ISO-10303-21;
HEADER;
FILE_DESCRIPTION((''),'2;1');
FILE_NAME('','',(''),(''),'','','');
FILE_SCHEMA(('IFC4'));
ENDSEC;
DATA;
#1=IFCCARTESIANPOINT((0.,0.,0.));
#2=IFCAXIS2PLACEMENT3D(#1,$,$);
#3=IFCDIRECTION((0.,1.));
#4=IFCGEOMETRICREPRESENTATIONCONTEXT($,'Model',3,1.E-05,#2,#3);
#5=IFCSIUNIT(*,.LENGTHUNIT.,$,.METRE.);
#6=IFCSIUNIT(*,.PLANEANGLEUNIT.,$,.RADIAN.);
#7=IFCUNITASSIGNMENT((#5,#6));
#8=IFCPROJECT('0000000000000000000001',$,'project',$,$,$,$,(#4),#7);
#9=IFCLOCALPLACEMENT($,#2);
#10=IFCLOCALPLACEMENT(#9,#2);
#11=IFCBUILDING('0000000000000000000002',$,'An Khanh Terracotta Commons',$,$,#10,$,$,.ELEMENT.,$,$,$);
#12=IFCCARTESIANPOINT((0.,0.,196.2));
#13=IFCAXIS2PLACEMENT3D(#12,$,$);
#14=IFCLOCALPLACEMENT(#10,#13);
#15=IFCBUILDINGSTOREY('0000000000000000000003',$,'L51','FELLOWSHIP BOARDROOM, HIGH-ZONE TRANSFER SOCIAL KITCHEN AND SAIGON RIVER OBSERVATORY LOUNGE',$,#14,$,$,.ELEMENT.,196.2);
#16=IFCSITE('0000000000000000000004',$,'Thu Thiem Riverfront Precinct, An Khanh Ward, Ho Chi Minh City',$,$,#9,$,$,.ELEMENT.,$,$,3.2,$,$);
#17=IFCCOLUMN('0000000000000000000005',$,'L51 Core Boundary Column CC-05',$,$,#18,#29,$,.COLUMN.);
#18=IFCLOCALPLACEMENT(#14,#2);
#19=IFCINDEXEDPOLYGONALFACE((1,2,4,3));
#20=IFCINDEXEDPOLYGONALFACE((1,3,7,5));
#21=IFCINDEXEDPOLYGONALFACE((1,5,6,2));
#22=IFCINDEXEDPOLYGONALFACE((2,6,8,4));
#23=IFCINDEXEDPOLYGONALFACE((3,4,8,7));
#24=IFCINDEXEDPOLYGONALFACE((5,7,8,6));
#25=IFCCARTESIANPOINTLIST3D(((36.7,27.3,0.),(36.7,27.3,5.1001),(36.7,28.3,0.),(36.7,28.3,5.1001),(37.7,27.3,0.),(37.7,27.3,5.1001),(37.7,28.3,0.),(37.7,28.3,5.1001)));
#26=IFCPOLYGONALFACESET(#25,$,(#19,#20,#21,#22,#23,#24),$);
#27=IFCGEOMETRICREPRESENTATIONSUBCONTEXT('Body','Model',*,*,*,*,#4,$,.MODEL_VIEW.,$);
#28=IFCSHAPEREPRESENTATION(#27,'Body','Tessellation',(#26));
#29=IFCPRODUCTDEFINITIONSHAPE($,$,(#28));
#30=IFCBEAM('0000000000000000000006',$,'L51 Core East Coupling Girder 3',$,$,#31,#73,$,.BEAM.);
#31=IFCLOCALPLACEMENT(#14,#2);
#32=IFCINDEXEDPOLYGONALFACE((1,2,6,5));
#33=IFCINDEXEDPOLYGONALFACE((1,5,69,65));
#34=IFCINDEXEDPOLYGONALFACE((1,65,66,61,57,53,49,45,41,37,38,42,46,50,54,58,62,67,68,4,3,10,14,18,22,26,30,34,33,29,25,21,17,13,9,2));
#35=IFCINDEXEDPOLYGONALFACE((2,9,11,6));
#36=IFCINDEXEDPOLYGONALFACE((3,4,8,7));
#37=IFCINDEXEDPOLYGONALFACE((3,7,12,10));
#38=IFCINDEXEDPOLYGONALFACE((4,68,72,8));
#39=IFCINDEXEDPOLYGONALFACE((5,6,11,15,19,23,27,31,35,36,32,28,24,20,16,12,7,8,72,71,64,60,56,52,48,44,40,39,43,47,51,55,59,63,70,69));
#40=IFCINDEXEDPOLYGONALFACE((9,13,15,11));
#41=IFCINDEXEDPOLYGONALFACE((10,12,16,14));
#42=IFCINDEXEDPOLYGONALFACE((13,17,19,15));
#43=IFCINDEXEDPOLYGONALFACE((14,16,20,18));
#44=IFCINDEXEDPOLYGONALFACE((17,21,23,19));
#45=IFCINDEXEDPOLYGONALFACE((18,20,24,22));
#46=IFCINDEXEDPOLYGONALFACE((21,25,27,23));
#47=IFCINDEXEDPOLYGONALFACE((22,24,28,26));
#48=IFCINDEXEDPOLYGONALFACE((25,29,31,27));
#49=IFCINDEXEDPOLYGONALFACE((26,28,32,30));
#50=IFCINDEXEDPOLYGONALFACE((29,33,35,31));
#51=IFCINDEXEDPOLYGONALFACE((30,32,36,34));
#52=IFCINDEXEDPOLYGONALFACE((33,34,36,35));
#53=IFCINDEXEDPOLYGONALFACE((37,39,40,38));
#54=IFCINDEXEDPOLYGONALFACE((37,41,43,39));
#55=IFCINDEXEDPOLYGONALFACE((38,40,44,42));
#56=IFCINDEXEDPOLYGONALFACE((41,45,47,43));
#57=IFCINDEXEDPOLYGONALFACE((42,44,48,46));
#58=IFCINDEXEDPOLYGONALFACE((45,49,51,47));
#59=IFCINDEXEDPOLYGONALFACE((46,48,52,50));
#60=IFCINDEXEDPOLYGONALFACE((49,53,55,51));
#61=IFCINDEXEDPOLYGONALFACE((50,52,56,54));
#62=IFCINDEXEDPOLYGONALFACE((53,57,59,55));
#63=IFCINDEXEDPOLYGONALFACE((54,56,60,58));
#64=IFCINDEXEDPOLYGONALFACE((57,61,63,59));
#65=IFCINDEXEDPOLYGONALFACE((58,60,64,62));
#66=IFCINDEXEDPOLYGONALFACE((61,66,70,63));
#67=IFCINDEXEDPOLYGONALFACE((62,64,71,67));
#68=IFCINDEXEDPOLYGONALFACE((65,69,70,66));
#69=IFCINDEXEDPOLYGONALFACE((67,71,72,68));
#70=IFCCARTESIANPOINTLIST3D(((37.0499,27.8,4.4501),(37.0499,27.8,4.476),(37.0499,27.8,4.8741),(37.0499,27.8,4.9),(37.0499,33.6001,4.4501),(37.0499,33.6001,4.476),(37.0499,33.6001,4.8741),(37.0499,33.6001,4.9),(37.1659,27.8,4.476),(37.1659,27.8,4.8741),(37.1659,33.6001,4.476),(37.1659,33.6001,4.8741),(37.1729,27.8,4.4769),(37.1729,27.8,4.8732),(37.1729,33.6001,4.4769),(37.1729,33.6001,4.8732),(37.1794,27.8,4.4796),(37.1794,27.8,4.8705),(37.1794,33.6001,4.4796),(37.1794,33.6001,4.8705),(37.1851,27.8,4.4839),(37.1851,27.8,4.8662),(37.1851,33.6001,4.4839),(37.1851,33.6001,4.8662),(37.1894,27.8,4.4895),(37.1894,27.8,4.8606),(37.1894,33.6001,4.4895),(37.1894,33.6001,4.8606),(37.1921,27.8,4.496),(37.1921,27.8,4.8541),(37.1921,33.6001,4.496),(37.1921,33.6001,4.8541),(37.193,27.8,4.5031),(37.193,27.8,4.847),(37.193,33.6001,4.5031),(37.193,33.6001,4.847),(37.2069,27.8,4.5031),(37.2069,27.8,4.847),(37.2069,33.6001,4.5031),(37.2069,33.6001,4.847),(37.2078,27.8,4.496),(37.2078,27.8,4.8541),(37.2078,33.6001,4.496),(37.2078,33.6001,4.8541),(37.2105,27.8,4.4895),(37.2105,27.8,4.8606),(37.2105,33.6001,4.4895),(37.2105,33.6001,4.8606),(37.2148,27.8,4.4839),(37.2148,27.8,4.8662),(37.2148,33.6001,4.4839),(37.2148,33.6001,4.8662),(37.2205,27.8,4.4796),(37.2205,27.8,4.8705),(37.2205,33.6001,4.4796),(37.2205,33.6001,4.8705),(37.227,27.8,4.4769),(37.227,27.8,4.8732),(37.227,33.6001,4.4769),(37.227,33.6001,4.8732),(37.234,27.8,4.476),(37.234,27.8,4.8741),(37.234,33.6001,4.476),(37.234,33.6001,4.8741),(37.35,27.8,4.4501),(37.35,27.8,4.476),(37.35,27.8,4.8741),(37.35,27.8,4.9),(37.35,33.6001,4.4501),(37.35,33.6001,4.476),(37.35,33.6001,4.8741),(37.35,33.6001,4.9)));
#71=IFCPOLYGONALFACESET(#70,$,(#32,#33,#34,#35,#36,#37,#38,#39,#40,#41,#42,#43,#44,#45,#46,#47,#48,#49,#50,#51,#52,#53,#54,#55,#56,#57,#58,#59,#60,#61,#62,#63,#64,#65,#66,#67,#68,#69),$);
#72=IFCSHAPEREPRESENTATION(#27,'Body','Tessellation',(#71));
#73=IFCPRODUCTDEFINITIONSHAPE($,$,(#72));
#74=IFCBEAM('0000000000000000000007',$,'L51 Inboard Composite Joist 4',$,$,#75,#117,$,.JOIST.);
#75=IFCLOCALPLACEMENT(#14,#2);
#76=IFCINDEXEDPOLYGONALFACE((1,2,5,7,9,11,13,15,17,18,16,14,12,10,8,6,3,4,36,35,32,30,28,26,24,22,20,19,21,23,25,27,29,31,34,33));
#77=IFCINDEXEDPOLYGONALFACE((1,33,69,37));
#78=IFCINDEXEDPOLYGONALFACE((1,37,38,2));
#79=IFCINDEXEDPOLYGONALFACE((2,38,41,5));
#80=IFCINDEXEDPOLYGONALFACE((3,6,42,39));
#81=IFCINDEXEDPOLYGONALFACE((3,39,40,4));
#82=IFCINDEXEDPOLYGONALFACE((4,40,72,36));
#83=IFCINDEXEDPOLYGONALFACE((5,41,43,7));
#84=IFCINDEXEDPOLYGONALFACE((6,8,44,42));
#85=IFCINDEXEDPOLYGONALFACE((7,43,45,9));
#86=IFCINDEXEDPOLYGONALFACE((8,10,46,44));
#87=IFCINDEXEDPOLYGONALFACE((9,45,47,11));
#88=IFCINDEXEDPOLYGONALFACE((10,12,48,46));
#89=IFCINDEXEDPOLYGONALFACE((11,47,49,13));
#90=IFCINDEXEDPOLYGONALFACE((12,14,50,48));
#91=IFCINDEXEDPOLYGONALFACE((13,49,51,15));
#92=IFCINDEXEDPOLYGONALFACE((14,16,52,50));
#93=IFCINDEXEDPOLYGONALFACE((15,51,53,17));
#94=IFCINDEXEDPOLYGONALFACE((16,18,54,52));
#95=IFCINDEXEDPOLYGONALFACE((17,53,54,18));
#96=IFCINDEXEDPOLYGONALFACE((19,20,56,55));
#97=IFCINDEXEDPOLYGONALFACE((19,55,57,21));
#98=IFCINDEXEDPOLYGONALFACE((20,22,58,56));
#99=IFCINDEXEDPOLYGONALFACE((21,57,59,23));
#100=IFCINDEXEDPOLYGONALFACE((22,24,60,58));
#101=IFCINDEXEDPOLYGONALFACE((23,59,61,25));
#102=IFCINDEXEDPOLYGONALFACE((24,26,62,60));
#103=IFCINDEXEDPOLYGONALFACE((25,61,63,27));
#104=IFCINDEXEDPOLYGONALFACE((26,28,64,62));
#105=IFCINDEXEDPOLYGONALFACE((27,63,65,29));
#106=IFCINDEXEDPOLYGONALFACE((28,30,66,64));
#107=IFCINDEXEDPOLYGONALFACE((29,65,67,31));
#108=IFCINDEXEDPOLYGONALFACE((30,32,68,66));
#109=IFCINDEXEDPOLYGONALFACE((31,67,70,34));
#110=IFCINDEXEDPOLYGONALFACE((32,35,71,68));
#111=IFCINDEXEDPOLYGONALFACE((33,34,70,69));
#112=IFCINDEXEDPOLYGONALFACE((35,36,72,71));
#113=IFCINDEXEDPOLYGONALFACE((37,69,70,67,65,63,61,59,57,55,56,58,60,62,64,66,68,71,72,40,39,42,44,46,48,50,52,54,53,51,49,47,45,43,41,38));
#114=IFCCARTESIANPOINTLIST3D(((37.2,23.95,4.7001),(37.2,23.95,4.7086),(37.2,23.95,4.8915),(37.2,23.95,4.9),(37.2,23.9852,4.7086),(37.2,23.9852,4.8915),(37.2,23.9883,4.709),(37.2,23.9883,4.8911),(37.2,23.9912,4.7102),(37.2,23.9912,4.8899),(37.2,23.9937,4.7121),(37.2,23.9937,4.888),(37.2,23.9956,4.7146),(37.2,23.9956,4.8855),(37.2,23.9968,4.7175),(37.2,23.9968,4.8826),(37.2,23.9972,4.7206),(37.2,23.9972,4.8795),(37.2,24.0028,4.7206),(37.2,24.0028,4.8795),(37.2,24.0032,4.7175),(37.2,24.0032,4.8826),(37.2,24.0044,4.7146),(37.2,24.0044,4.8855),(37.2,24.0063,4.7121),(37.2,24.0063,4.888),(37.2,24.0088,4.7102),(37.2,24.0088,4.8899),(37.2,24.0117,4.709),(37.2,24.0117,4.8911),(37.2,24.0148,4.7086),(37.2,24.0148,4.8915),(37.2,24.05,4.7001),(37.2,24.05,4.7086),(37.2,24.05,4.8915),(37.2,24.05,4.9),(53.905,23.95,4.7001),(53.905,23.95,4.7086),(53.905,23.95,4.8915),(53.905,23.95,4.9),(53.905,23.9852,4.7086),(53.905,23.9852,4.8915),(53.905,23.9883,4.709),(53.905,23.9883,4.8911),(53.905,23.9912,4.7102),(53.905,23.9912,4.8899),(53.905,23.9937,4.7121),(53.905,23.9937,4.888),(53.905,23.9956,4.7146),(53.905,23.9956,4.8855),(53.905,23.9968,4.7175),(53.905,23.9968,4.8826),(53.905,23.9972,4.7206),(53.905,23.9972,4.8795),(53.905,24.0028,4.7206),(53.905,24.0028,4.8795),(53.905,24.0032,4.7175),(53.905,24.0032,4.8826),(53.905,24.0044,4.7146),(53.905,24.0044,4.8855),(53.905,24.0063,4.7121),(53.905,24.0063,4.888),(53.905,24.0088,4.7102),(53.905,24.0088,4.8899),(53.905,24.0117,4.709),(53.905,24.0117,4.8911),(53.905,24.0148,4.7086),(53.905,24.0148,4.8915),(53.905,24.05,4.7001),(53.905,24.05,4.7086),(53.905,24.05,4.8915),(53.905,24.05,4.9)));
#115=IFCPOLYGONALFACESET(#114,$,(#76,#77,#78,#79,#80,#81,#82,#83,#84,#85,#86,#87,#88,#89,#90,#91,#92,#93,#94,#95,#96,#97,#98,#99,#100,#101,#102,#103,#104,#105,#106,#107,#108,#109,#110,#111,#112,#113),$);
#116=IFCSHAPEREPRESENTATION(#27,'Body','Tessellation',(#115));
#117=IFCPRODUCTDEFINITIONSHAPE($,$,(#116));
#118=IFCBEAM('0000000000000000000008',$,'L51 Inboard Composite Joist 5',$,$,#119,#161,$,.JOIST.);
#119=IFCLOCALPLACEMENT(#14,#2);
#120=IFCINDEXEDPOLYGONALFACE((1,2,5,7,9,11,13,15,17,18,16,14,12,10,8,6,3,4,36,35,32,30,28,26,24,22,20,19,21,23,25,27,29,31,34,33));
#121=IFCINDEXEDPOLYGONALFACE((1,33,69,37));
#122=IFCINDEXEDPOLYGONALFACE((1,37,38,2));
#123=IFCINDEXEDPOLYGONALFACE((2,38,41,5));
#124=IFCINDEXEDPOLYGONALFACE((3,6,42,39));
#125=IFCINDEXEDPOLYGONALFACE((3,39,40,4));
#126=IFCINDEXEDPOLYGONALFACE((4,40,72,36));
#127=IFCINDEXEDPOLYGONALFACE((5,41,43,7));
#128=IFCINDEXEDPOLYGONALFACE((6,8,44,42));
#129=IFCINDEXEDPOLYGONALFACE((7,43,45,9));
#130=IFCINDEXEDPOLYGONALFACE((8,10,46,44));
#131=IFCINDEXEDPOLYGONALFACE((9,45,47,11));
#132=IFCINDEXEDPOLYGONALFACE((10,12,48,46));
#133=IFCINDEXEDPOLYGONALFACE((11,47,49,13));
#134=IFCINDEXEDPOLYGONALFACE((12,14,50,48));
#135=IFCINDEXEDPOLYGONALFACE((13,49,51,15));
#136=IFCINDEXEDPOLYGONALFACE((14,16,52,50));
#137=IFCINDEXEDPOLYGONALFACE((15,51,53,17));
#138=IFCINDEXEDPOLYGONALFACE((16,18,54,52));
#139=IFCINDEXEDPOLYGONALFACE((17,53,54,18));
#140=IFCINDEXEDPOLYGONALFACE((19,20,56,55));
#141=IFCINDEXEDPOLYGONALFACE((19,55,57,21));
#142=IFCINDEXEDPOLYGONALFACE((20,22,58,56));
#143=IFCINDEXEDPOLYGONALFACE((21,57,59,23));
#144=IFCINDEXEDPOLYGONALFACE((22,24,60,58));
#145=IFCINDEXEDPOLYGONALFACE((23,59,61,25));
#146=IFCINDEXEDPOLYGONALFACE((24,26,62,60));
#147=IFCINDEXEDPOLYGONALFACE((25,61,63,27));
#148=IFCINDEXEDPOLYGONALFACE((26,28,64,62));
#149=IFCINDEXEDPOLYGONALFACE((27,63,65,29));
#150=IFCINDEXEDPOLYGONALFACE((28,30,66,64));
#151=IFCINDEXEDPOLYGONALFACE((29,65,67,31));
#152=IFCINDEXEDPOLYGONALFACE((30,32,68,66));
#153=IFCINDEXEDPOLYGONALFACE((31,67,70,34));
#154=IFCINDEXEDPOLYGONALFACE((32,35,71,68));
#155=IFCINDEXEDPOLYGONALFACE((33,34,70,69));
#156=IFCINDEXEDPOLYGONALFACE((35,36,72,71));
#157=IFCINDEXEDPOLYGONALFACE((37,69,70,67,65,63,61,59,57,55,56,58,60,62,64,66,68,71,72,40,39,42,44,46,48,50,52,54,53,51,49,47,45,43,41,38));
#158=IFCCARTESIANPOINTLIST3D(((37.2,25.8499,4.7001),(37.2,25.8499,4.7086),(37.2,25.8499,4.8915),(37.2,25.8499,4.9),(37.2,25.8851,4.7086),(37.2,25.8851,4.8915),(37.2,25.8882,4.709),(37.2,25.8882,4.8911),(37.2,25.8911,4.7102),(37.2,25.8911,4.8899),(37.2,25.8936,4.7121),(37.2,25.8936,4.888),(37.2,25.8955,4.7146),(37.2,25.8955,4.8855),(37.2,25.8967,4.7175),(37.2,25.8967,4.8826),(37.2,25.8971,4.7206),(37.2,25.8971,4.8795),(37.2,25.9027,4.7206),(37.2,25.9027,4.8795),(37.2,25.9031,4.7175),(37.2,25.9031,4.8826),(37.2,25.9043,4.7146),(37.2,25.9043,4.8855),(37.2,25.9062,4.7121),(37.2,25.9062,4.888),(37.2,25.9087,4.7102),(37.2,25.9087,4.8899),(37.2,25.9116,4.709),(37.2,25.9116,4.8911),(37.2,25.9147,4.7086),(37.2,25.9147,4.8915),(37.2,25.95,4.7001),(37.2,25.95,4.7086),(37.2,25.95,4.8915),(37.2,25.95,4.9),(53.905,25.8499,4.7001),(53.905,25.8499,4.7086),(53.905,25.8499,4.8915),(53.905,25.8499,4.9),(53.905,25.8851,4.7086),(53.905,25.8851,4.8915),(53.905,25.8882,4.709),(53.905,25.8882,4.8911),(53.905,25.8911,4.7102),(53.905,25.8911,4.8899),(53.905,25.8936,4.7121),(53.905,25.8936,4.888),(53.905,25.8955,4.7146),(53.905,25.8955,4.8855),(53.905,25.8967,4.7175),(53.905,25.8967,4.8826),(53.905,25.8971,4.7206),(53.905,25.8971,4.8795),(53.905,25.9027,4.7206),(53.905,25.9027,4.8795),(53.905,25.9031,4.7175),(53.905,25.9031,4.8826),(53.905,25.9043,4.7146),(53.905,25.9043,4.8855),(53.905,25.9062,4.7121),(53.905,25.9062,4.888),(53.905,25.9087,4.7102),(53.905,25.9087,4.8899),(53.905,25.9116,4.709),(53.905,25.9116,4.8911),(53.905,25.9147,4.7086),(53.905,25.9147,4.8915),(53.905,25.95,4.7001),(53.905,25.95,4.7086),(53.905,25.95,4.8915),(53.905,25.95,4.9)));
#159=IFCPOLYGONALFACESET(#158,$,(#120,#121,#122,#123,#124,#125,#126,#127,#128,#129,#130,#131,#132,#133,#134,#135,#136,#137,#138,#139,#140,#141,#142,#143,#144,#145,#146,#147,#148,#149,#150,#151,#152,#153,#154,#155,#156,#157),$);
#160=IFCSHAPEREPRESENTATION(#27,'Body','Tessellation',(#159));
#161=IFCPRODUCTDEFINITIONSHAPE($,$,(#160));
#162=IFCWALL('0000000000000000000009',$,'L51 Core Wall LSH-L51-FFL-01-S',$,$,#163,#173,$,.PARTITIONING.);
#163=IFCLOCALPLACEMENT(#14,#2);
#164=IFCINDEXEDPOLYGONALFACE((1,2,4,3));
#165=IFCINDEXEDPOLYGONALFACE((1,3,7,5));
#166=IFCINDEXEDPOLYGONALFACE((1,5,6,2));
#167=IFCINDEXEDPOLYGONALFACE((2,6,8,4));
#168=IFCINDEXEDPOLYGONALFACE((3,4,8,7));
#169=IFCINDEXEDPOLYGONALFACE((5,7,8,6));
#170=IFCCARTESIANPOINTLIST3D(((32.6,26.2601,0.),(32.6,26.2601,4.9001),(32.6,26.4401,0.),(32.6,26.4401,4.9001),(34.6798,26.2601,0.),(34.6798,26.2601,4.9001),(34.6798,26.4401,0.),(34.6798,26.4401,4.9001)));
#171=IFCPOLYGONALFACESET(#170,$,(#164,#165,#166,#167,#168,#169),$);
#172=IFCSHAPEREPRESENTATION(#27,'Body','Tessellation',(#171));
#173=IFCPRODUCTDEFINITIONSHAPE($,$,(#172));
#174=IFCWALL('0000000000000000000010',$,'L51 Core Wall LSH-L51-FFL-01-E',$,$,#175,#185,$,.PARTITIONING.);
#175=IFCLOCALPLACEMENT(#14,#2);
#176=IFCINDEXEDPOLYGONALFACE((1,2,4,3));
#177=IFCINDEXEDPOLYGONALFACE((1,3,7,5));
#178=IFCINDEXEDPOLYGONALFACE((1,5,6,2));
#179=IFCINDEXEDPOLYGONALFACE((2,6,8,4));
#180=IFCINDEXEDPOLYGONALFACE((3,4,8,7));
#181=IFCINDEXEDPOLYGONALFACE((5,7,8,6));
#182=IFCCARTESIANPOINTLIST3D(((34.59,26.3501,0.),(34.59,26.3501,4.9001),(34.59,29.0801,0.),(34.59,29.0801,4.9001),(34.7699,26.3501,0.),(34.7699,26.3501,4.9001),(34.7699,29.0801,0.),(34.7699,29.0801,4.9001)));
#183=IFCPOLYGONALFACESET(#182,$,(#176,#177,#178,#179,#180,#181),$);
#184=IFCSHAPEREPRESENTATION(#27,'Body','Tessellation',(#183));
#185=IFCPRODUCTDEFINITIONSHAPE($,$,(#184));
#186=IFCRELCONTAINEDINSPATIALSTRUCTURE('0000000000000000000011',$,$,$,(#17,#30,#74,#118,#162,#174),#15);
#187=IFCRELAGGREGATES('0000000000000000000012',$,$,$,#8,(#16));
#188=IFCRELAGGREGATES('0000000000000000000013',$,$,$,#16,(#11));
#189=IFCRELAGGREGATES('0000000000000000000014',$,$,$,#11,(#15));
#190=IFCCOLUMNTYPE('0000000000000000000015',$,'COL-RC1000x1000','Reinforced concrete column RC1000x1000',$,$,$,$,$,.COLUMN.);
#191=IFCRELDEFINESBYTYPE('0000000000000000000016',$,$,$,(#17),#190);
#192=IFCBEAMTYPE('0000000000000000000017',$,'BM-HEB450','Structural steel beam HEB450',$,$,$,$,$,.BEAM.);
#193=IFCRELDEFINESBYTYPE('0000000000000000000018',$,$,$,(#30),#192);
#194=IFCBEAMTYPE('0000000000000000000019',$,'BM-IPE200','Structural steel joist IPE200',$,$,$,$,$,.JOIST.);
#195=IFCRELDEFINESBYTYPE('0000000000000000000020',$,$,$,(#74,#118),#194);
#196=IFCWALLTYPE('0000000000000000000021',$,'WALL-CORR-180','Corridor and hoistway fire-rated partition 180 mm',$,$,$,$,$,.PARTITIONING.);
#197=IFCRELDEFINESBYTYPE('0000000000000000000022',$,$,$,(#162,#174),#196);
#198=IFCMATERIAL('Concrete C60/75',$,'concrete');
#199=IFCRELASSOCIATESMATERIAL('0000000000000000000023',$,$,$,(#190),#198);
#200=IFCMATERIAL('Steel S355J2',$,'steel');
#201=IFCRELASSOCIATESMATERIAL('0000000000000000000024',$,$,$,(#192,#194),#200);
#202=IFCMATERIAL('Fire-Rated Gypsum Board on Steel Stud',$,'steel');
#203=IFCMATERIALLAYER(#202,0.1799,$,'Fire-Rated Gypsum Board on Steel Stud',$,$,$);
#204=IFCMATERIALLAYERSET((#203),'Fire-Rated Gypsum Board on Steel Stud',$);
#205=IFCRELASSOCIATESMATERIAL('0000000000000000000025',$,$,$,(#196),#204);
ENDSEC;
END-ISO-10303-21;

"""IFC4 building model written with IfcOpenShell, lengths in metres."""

from ifc_helpers import new_model, si_unit, direction, frame, frame_2d, origin, origin_2d, place, context, subcontext, project, spatial, rectangle, i_section, extrude, material, layer, layer_set, material_profile, profile_set, type_object, element, save


model = new_model("IFC4")

# Units and contexts
model_context = context("Model", 3, precision=1e-05, world=origin(), true_north=direction((0.0, 1.0)))
body_context = subcontext(model_context, "Body", "Model", "MODEL_VIEW")
ifc_project = project(units=[si_unit("LENGTHUNIT", "METRE"), si_unit("PLANEANGLEUNIT", "RADIAN")], contexts=[model_context])

# Site, building, storey
site_placement = place(None, origin())
site = spatial("IfcSite", under=ifc_project, at=site_placement, Name="Thu Thiem Riverfront Precinct, An Khanh Ward, Ho Chi Minh City", CompositionType="ELEMENT", RefElevation=3.2)
building_placement = place(site_placement, origin())
building = spatial("IfcBuilding", under=site, at=building_placement, Name="An Khanh Terracotta Commons", CompositionType="ELEMENT")
storey_placement = place(building_placement, frame((0.0, 0.0, 196.2)))
storey = spatial("IfcBuildingStorey", under=building, at=storey_placement, Name="L51", Description="FELLOWSHIP BOARDROOM, HIGH-ZONE TRANSFER SOCIAL KITCHEN AND SAIGON RIVER OBSERVATORY LOUNGE", CompositionType="ELEMENT", Elevation=196.2)

# Column
ifc_material_1 = material(Name="Concrete C60/75", Category="concrete")
ifc_material_profile_1 = material_profile(ifc_material_1, rectangle(XDim=1.0, YDim=1.0, at=origin_2d()), Name="RC1000x1000")
ifc_profile_set_1 = profile_set([ifc_material_profile_1], Name="Concrete C60/75")
column_type = type_object("IfcColumnType", Name="COL-RC1000x1000", Description="Reinforced concrete column RC1000x1000", PredefinedType="COLUMN", material=ifc_profile_set_1)
column_placement = place(storey_placement, frame((37.2, 27.8, 0.0), z_axis=(0.0, 0.0, 1.0), x_axis=(1.0, 0.0, 0.0)))
element("IfcColumn", 1, at=column_placement, inside=storey, type_object=column_type, Name="L51 Core Boundary Column CC-05", PredefinedType="COLUMN", context=body_context, shape_type="SweptSolid", body=[
    extrude(rectangle(XDim=1.0, YDim=1.0, at=origin_2d()), origin(), (0.0, 0.0, 1.0), 5.1001),
])

# Beams
ifc_material_2 = material(Name="Steel S355J2", Category="steel")
ifc_material_profile_2 = material_profile(ifc_material_2, i_section(OverallWidth=0.3, OverallDepth=0.45, WebThickness=0.0139, FlangeThickness=0.0259, FilletRadius=0.0271, at=origin_2d()), Name="HEB450")
ifc_profile_set_2 = profile_set([ifc_material_profile_2], Name="Steel S355J2")
beam_type_1 = type_object("IfcBeamType", Name="BM-HEB450", Description="Structural steel beam HEB450", PredefinedType="BEAM", material=ifc_profile_set_2)
beam_placement = place(storey_placement, frame((37.2, 27.8, 4.675), z_axis=(0.0, 1.0, 0.0), x_axis=(-1.0, 0.0, 0.0)))
element("IfcBeam", 2, at=beam_placement, inside=storey, type_object=beam_type_1, Name="L51 Core East Coupling Girder 3", PredefinedType="BEAM", context=body_context, shape_type="SweptSolid", body=[
    extrude(i_section(OverallWidth=0.3, OverallDepth=0.45, WebThickness=0.0139, FlangeThickness=0.0259, FilletRadius=0.0271, at=origin_2d()), origin(), (0.0, 0.0, 1.0), 5.8),
])
ifc_material_profile_3 = material_profile(ifc_material_2, i_section(OverallWidth=0.1001, OverallDepth=0.2, WebThickness=0.0056, FlangeThickness=0.0085, FilletRadius=0.012, at=origin_2d()), Name="IPE200")
ifc_profile_set_3 = profile_set([ifc_material_profile_3], Name="Steel S355J2")
beam_type_2 = type_object("IfcBeamType", Name="BM-IPE200", Description="Structural steel joist IPE200", PredefinedType="JOIST", material=ifc_profile_set_3)
for number, where, z_axis, x_axis, name in (
    (3, (37.2, 24.0, 4.8), (1.0, 0.0, 0.0), (0.0, 1.0, 0.0), "L51 Inboard Composite Joist 4"),
    (4, (37.2, 25.8999, 4.8), (1.0, 0.0, 0.0), (0.0, 1.0, 0.0), "L51 Inboard Composite Joist 5"),
):
    element("IfcBeam", number, at=place(storey_placement, frame(where, z_axis=z_axis, x_axis=x_axis)), inside=storey, type_object=beam_type_2, Name=name, PredefinedType="JOIST", context=body_context, shape_type="SweptSolid", body=[
        extrude(i_section(OverallWidth=0.1001, OverallDepth=0.2, WebThickness=0.0056, FlangeThickness=0.0085, FilletRadius=0.012, at=origin_2d()), origin(), (0.0, 0.0, 1.0), 16.7051),
    ])

# Walls
ifc_material_3 = material(Name="Fire-Rated Gypsum Board on Steel Stud", Category="steel")
ifc_layer = layer(ifc_material_3, 0.1799, Name="Fire-Rated Gypsum Board on Steel Stud")
ifc_layer_set = layer_set([ifc_layer], Name="Fire-Rated Gypsum Board on Steel Stud")
wall_type = type_object("IfcWallType", Name="WALL-CORR-180", Description="Corridor and hoistway fire-rated partition 180 mm", PredefinedType="PARTITIONING", material=ifc_layer_set)
wall_1_placement = place(storey_placement, frame((34.6799, 26.3501, 0.0), z_axis=(0.0, 0.0, 1.0), x_axis=(-1.0, 0.0, 0.0)))
element("IfcWall", 5, at=wall_1_placement, inside=storey, type_object=wall_type, Name="L51 Core Wall LSH-L51-FFL-01-S", PredefinedType="PARTITIONING", context=body_context, shape_type="SweptSolid", body=[
    extrude(rectangle(XDim=2.0798, YDim=0.1799, at=frame_2d((1.04, 0.0))), origin(), (0.0, 0.0, 1.0), 4.9001),
])
wall_2_placement = place(storey_placement, frame((34.6799, 26.3501, 0.0), z_axis=(0.0, 0.0, 1.0), x_axis=(0.0, 1.0, 0.0)))
element("IfcWall", 6, at=wall_2_placement, inside=storey, type_object=wall_type, Name="L51 Core Wall LSH-L51-FFL-01-E", PredefinedType="PARTITIONING", context=body_context, shape_type="SweptSolid", body=[
    extrude(rectangle(XDim=2.73, YDim=0.1799, at=frame_2d((1.365, 0.0))), origin(), (0.0, 0.0, 1.0), 4.9001),
])

save(model, "model.ifc")
